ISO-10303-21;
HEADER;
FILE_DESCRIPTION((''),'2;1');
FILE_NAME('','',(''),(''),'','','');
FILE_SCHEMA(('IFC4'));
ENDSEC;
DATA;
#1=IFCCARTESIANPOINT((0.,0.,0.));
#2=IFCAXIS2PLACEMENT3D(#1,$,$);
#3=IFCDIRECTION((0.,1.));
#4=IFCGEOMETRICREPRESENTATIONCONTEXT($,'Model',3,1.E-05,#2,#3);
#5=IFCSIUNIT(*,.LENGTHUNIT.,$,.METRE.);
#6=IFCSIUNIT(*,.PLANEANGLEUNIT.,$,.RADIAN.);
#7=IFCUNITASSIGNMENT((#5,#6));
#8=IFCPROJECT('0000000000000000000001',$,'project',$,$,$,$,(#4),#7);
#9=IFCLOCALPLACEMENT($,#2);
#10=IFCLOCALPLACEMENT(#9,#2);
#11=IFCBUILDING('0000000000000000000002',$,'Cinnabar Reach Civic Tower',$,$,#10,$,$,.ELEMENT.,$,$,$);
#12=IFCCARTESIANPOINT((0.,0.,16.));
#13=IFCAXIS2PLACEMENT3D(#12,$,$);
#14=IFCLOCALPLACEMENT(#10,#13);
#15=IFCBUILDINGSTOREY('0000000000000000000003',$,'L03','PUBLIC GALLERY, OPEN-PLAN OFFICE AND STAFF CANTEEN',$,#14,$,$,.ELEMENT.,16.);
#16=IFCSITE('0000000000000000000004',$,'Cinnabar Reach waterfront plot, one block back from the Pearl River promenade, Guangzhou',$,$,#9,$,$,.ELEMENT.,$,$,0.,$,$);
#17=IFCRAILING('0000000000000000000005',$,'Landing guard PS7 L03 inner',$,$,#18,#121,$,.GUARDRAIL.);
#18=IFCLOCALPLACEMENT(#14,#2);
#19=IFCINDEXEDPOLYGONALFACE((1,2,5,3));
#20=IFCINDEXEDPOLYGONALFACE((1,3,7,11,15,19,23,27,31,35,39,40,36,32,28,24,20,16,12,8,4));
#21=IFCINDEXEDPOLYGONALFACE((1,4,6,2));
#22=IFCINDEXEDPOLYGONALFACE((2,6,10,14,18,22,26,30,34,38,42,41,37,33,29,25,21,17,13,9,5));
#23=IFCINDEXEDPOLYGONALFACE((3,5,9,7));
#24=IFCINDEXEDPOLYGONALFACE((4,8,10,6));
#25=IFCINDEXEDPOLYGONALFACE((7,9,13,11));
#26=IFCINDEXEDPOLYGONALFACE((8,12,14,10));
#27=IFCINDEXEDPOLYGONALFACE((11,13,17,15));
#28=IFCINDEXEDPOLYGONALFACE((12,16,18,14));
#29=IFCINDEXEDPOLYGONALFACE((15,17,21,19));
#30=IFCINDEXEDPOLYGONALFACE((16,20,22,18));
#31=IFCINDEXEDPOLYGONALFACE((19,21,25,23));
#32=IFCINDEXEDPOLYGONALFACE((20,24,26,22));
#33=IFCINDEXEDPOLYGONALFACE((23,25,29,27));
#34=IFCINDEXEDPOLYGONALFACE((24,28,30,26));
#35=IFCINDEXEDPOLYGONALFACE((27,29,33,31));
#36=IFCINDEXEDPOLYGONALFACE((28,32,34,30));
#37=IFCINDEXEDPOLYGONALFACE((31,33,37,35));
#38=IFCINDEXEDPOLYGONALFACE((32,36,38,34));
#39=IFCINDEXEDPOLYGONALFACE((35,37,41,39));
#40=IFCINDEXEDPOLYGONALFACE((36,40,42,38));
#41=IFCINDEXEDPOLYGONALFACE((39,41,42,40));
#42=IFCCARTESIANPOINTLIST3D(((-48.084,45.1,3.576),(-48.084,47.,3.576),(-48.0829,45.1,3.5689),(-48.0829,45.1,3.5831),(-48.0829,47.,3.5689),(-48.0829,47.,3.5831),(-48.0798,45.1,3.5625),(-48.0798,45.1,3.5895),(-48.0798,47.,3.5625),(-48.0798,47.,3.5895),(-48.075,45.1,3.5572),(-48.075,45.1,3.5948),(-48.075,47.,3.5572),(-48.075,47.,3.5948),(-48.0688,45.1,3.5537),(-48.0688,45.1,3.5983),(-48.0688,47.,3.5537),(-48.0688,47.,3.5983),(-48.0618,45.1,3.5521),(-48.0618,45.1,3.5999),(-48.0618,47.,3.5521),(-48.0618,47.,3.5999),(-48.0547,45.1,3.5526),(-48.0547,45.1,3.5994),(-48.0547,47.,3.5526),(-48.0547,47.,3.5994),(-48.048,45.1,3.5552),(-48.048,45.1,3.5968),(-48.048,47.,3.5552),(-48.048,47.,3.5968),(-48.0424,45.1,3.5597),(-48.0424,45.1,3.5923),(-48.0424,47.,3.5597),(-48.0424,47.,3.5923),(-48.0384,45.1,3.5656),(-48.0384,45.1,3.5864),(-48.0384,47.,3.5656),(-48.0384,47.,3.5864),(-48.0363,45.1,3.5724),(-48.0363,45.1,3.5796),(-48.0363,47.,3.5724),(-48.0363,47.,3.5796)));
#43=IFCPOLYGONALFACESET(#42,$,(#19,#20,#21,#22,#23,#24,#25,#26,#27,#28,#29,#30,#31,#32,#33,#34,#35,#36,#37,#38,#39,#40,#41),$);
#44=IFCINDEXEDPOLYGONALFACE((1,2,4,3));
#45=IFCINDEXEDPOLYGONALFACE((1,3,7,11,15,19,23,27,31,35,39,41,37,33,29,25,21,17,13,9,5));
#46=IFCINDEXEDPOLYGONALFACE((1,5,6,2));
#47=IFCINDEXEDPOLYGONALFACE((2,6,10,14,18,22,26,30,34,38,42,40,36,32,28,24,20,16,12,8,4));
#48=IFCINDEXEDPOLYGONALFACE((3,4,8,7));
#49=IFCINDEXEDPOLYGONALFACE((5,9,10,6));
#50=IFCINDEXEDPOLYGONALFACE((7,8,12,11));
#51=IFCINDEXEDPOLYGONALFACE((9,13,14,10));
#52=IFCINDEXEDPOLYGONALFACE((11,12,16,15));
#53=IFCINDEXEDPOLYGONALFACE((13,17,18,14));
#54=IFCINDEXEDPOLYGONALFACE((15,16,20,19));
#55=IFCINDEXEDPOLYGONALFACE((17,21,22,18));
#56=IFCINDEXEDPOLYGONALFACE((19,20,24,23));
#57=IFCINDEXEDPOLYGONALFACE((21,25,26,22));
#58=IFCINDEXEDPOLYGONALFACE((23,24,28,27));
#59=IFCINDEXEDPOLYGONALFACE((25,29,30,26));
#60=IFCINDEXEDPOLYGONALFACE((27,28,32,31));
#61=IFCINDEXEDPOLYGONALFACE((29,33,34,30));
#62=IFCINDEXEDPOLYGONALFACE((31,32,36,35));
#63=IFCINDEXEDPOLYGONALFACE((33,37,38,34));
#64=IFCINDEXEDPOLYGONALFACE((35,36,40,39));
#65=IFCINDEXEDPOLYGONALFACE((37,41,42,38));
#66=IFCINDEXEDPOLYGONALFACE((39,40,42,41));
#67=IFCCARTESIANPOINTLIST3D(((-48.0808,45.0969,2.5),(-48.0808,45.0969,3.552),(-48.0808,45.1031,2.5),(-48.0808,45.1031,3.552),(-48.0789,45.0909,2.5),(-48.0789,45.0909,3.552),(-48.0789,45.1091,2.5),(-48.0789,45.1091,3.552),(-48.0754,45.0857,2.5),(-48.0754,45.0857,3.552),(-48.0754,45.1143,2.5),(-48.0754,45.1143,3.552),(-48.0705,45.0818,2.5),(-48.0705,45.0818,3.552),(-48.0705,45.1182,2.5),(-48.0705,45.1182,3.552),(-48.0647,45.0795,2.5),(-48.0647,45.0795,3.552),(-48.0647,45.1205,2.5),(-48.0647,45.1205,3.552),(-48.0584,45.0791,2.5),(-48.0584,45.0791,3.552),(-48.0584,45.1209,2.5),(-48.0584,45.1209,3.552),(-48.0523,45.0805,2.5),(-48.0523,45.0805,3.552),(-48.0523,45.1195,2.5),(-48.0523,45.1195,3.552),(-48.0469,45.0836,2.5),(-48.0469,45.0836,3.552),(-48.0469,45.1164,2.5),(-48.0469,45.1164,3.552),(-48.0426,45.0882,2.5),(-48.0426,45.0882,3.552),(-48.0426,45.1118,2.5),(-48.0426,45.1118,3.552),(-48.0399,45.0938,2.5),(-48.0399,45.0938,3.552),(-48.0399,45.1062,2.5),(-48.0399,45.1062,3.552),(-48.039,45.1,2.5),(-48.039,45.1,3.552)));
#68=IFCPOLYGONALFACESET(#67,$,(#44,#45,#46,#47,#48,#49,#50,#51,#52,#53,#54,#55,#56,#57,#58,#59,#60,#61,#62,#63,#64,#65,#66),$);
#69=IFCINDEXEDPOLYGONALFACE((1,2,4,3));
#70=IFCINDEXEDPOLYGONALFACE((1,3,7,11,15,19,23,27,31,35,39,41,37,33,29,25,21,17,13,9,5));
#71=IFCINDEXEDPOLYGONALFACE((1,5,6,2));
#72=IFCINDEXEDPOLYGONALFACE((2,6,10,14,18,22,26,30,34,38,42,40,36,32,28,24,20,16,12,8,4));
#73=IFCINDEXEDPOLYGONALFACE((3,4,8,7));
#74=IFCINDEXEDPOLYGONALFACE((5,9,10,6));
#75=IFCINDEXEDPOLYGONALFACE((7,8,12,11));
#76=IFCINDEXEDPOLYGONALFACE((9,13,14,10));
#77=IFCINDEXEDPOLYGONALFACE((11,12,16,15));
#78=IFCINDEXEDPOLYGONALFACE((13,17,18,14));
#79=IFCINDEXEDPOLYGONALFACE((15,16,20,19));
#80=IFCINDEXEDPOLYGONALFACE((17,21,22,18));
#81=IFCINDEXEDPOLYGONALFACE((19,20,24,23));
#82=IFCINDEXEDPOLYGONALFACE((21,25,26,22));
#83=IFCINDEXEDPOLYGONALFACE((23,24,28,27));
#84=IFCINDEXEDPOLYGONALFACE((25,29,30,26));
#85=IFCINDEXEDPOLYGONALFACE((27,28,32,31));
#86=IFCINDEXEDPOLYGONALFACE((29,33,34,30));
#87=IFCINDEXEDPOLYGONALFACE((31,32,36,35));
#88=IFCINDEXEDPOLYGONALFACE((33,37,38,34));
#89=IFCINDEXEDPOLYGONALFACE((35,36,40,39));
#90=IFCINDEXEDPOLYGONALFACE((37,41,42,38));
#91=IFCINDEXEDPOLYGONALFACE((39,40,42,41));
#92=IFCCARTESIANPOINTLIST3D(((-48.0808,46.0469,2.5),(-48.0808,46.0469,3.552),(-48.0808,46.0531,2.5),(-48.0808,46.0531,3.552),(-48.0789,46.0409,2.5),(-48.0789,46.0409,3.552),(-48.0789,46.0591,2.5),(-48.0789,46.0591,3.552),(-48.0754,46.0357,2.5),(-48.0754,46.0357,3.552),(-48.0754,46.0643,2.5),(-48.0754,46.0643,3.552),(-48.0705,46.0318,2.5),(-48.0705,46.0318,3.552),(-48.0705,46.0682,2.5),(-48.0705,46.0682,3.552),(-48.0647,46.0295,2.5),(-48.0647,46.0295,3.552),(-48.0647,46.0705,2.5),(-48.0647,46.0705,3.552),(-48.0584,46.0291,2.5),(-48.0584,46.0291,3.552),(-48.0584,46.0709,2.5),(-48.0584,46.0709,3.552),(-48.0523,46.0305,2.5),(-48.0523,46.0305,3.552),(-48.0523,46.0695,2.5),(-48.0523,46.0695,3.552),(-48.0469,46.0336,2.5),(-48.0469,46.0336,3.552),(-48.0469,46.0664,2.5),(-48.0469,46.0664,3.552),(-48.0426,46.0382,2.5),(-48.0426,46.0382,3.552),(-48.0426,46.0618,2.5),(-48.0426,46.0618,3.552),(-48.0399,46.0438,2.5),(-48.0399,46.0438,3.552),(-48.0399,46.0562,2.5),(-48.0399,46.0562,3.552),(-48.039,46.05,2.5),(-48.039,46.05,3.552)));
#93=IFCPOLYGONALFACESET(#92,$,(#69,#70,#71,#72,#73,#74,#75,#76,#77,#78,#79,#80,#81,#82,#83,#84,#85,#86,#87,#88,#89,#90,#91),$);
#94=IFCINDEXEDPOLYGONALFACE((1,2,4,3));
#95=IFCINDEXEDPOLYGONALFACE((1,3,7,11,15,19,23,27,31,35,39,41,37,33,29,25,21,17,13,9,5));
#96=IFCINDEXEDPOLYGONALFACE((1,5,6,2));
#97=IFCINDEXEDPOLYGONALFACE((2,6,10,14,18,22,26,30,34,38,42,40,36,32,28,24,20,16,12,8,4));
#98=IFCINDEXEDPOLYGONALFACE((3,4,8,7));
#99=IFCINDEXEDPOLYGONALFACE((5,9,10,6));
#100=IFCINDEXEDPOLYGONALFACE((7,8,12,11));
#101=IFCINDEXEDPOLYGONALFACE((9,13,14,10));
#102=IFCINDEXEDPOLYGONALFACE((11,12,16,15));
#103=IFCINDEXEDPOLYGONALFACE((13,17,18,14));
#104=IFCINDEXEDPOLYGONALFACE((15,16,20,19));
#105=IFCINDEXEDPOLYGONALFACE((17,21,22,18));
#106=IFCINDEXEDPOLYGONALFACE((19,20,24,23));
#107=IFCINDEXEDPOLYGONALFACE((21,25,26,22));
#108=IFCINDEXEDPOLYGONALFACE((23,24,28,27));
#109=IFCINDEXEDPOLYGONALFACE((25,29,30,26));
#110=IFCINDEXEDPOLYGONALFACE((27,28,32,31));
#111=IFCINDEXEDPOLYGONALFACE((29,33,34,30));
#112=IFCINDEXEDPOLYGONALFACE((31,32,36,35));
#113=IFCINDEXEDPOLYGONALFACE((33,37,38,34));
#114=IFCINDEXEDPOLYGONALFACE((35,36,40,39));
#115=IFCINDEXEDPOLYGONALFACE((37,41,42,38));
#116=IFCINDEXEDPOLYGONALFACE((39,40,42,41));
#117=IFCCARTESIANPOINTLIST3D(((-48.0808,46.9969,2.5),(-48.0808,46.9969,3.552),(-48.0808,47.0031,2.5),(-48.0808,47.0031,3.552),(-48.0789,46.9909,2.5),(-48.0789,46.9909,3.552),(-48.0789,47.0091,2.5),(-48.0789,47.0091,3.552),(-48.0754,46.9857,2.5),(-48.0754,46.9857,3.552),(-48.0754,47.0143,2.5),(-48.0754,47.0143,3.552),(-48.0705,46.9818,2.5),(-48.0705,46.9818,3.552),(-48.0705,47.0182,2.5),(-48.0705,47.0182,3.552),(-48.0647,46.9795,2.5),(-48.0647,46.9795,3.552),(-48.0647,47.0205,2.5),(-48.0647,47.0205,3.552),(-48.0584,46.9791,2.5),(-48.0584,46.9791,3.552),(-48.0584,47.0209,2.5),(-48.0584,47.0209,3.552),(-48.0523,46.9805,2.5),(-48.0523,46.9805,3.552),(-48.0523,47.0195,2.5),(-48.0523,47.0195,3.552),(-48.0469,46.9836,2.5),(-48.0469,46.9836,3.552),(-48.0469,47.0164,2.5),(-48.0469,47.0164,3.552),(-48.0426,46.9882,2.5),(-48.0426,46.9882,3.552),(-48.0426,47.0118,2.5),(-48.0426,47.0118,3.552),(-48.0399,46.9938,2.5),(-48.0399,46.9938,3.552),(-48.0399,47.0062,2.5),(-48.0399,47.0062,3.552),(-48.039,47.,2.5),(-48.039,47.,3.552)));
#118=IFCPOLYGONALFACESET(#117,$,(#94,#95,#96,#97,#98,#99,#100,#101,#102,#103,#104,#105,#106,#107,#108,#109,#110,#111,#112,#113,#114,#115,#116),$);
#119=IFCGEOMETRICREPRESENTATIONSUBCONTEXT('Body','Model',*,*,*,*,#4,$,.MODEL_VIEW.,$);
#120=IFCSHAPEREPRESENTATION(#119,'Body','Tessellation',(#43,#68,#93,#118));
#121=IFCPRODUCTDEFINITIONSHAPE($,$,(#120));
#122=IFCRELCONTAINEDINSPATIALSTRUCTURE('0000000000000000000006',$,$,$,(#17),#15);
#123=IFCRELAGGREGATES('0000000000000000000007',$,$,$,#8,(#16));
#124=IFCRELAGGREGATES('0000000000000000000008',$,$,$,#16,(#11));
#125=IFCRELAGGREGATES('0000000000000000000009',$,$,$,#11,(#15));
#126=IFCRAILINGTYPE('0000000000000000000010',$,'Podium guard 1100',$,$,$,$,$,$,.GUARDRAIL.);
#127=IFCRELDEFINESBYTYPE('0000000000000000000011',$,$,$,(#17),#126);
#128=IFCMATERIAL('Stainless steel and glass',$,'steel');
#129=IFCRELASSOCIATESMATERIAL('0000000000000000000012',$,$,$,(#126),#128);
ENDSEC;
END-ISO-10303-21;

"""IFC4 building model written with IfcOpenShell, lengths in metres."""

from ifc_helpers import new_model, si_unit, direction, frame, origin, origin_2d, place, context, subcontext, project, spatial, circle, extrude, material, type_object, element, save


model = new_model("IFC4")

# Units and contexts
model_context = context("Model", 3, precision=1e-05, world=origin(), true_north=direction((0.0, 1.0)))
body_context = subcontext(model_context, "Body", "Model", "MODEL_VIEW")
ifc_project = project(units=[si_unit("LENGTHUNIT", "METRE"), si_unit("PLANEANGLEUNIT", "RADIAN")], contexts=[model_context])

# Site, building, storey
site_placement = place(None, origin())
site = spatial("IfcSite", under=ifc_project, at=site_placement, Name="Cinnabar Reach waterfront plot, one block back from the Pearl River promenade, Guangzhou", CompositionType="ELEMENT", RefElevation=0.0)
building_placement = place(site_placement, origin())
building = spatial("IfcBuilding", under=site, at=building_placement, Name="Cinnabar Reach Civic Tower", CompositionType="ELEMENT")
storey_placement = place(building_placement, frame((0.0, 0.0, 16.0)))
storey = spatial("IfcBuildingStorey", under=building, at=storey_placement, Name="L03", Description="PUBLIC GALLERY, OPEN-PLAN OFFICE AND STAFF CANTEEN", CompositionType="ELEMENT", Elevation=16.0)

# Railing
ifc_material_1 = material(Name="Stainless steel and glass", Category="steel")
railing_type_1 = type_object("IfcRailingType", Name="Podium guard 1100", PredefinedType="GUARDRAIL", material=ifc_material_1)
railing_1_placement = place(storey_placement, frame((-48.06, 45.1, 2.5)))
element("IfcRailing", 1, at=railing_1_placement, inside=storey, type_object=railing_type_1, Name="Landing guard PS7 L03 inner", PredefinedType="GUARDRAIL", context=body_context, shape_type="SweptSolid", body=[
    extrude(circle(Radius=0.024, at=origin_2d()), frame((0.0, 0.0, 1.076), z_axis=(0.0, 1.0, 0.0), x_axis=(-1.0, 0.0, 0.0)), (0.0, 0.0, 1.0), 1.9),
    extrude(circle(Radius=0.021, at=origin_2d()), origin(), (0.0, 0.0, 1.0), 1.052),
    extrude(circle(Radius=0.021, at=origin_2d()), frame((0.0, 0.95, 0.0)), (0.0, 0.0, 1.0), 1.052),
    extrude(circle(Radius=0.021, at=origin_2d()), frame((0.0, 1.9, 0.0)), (0.0, 0.0, 1.0), 1.052),
])

save(model, "model.ifc")
